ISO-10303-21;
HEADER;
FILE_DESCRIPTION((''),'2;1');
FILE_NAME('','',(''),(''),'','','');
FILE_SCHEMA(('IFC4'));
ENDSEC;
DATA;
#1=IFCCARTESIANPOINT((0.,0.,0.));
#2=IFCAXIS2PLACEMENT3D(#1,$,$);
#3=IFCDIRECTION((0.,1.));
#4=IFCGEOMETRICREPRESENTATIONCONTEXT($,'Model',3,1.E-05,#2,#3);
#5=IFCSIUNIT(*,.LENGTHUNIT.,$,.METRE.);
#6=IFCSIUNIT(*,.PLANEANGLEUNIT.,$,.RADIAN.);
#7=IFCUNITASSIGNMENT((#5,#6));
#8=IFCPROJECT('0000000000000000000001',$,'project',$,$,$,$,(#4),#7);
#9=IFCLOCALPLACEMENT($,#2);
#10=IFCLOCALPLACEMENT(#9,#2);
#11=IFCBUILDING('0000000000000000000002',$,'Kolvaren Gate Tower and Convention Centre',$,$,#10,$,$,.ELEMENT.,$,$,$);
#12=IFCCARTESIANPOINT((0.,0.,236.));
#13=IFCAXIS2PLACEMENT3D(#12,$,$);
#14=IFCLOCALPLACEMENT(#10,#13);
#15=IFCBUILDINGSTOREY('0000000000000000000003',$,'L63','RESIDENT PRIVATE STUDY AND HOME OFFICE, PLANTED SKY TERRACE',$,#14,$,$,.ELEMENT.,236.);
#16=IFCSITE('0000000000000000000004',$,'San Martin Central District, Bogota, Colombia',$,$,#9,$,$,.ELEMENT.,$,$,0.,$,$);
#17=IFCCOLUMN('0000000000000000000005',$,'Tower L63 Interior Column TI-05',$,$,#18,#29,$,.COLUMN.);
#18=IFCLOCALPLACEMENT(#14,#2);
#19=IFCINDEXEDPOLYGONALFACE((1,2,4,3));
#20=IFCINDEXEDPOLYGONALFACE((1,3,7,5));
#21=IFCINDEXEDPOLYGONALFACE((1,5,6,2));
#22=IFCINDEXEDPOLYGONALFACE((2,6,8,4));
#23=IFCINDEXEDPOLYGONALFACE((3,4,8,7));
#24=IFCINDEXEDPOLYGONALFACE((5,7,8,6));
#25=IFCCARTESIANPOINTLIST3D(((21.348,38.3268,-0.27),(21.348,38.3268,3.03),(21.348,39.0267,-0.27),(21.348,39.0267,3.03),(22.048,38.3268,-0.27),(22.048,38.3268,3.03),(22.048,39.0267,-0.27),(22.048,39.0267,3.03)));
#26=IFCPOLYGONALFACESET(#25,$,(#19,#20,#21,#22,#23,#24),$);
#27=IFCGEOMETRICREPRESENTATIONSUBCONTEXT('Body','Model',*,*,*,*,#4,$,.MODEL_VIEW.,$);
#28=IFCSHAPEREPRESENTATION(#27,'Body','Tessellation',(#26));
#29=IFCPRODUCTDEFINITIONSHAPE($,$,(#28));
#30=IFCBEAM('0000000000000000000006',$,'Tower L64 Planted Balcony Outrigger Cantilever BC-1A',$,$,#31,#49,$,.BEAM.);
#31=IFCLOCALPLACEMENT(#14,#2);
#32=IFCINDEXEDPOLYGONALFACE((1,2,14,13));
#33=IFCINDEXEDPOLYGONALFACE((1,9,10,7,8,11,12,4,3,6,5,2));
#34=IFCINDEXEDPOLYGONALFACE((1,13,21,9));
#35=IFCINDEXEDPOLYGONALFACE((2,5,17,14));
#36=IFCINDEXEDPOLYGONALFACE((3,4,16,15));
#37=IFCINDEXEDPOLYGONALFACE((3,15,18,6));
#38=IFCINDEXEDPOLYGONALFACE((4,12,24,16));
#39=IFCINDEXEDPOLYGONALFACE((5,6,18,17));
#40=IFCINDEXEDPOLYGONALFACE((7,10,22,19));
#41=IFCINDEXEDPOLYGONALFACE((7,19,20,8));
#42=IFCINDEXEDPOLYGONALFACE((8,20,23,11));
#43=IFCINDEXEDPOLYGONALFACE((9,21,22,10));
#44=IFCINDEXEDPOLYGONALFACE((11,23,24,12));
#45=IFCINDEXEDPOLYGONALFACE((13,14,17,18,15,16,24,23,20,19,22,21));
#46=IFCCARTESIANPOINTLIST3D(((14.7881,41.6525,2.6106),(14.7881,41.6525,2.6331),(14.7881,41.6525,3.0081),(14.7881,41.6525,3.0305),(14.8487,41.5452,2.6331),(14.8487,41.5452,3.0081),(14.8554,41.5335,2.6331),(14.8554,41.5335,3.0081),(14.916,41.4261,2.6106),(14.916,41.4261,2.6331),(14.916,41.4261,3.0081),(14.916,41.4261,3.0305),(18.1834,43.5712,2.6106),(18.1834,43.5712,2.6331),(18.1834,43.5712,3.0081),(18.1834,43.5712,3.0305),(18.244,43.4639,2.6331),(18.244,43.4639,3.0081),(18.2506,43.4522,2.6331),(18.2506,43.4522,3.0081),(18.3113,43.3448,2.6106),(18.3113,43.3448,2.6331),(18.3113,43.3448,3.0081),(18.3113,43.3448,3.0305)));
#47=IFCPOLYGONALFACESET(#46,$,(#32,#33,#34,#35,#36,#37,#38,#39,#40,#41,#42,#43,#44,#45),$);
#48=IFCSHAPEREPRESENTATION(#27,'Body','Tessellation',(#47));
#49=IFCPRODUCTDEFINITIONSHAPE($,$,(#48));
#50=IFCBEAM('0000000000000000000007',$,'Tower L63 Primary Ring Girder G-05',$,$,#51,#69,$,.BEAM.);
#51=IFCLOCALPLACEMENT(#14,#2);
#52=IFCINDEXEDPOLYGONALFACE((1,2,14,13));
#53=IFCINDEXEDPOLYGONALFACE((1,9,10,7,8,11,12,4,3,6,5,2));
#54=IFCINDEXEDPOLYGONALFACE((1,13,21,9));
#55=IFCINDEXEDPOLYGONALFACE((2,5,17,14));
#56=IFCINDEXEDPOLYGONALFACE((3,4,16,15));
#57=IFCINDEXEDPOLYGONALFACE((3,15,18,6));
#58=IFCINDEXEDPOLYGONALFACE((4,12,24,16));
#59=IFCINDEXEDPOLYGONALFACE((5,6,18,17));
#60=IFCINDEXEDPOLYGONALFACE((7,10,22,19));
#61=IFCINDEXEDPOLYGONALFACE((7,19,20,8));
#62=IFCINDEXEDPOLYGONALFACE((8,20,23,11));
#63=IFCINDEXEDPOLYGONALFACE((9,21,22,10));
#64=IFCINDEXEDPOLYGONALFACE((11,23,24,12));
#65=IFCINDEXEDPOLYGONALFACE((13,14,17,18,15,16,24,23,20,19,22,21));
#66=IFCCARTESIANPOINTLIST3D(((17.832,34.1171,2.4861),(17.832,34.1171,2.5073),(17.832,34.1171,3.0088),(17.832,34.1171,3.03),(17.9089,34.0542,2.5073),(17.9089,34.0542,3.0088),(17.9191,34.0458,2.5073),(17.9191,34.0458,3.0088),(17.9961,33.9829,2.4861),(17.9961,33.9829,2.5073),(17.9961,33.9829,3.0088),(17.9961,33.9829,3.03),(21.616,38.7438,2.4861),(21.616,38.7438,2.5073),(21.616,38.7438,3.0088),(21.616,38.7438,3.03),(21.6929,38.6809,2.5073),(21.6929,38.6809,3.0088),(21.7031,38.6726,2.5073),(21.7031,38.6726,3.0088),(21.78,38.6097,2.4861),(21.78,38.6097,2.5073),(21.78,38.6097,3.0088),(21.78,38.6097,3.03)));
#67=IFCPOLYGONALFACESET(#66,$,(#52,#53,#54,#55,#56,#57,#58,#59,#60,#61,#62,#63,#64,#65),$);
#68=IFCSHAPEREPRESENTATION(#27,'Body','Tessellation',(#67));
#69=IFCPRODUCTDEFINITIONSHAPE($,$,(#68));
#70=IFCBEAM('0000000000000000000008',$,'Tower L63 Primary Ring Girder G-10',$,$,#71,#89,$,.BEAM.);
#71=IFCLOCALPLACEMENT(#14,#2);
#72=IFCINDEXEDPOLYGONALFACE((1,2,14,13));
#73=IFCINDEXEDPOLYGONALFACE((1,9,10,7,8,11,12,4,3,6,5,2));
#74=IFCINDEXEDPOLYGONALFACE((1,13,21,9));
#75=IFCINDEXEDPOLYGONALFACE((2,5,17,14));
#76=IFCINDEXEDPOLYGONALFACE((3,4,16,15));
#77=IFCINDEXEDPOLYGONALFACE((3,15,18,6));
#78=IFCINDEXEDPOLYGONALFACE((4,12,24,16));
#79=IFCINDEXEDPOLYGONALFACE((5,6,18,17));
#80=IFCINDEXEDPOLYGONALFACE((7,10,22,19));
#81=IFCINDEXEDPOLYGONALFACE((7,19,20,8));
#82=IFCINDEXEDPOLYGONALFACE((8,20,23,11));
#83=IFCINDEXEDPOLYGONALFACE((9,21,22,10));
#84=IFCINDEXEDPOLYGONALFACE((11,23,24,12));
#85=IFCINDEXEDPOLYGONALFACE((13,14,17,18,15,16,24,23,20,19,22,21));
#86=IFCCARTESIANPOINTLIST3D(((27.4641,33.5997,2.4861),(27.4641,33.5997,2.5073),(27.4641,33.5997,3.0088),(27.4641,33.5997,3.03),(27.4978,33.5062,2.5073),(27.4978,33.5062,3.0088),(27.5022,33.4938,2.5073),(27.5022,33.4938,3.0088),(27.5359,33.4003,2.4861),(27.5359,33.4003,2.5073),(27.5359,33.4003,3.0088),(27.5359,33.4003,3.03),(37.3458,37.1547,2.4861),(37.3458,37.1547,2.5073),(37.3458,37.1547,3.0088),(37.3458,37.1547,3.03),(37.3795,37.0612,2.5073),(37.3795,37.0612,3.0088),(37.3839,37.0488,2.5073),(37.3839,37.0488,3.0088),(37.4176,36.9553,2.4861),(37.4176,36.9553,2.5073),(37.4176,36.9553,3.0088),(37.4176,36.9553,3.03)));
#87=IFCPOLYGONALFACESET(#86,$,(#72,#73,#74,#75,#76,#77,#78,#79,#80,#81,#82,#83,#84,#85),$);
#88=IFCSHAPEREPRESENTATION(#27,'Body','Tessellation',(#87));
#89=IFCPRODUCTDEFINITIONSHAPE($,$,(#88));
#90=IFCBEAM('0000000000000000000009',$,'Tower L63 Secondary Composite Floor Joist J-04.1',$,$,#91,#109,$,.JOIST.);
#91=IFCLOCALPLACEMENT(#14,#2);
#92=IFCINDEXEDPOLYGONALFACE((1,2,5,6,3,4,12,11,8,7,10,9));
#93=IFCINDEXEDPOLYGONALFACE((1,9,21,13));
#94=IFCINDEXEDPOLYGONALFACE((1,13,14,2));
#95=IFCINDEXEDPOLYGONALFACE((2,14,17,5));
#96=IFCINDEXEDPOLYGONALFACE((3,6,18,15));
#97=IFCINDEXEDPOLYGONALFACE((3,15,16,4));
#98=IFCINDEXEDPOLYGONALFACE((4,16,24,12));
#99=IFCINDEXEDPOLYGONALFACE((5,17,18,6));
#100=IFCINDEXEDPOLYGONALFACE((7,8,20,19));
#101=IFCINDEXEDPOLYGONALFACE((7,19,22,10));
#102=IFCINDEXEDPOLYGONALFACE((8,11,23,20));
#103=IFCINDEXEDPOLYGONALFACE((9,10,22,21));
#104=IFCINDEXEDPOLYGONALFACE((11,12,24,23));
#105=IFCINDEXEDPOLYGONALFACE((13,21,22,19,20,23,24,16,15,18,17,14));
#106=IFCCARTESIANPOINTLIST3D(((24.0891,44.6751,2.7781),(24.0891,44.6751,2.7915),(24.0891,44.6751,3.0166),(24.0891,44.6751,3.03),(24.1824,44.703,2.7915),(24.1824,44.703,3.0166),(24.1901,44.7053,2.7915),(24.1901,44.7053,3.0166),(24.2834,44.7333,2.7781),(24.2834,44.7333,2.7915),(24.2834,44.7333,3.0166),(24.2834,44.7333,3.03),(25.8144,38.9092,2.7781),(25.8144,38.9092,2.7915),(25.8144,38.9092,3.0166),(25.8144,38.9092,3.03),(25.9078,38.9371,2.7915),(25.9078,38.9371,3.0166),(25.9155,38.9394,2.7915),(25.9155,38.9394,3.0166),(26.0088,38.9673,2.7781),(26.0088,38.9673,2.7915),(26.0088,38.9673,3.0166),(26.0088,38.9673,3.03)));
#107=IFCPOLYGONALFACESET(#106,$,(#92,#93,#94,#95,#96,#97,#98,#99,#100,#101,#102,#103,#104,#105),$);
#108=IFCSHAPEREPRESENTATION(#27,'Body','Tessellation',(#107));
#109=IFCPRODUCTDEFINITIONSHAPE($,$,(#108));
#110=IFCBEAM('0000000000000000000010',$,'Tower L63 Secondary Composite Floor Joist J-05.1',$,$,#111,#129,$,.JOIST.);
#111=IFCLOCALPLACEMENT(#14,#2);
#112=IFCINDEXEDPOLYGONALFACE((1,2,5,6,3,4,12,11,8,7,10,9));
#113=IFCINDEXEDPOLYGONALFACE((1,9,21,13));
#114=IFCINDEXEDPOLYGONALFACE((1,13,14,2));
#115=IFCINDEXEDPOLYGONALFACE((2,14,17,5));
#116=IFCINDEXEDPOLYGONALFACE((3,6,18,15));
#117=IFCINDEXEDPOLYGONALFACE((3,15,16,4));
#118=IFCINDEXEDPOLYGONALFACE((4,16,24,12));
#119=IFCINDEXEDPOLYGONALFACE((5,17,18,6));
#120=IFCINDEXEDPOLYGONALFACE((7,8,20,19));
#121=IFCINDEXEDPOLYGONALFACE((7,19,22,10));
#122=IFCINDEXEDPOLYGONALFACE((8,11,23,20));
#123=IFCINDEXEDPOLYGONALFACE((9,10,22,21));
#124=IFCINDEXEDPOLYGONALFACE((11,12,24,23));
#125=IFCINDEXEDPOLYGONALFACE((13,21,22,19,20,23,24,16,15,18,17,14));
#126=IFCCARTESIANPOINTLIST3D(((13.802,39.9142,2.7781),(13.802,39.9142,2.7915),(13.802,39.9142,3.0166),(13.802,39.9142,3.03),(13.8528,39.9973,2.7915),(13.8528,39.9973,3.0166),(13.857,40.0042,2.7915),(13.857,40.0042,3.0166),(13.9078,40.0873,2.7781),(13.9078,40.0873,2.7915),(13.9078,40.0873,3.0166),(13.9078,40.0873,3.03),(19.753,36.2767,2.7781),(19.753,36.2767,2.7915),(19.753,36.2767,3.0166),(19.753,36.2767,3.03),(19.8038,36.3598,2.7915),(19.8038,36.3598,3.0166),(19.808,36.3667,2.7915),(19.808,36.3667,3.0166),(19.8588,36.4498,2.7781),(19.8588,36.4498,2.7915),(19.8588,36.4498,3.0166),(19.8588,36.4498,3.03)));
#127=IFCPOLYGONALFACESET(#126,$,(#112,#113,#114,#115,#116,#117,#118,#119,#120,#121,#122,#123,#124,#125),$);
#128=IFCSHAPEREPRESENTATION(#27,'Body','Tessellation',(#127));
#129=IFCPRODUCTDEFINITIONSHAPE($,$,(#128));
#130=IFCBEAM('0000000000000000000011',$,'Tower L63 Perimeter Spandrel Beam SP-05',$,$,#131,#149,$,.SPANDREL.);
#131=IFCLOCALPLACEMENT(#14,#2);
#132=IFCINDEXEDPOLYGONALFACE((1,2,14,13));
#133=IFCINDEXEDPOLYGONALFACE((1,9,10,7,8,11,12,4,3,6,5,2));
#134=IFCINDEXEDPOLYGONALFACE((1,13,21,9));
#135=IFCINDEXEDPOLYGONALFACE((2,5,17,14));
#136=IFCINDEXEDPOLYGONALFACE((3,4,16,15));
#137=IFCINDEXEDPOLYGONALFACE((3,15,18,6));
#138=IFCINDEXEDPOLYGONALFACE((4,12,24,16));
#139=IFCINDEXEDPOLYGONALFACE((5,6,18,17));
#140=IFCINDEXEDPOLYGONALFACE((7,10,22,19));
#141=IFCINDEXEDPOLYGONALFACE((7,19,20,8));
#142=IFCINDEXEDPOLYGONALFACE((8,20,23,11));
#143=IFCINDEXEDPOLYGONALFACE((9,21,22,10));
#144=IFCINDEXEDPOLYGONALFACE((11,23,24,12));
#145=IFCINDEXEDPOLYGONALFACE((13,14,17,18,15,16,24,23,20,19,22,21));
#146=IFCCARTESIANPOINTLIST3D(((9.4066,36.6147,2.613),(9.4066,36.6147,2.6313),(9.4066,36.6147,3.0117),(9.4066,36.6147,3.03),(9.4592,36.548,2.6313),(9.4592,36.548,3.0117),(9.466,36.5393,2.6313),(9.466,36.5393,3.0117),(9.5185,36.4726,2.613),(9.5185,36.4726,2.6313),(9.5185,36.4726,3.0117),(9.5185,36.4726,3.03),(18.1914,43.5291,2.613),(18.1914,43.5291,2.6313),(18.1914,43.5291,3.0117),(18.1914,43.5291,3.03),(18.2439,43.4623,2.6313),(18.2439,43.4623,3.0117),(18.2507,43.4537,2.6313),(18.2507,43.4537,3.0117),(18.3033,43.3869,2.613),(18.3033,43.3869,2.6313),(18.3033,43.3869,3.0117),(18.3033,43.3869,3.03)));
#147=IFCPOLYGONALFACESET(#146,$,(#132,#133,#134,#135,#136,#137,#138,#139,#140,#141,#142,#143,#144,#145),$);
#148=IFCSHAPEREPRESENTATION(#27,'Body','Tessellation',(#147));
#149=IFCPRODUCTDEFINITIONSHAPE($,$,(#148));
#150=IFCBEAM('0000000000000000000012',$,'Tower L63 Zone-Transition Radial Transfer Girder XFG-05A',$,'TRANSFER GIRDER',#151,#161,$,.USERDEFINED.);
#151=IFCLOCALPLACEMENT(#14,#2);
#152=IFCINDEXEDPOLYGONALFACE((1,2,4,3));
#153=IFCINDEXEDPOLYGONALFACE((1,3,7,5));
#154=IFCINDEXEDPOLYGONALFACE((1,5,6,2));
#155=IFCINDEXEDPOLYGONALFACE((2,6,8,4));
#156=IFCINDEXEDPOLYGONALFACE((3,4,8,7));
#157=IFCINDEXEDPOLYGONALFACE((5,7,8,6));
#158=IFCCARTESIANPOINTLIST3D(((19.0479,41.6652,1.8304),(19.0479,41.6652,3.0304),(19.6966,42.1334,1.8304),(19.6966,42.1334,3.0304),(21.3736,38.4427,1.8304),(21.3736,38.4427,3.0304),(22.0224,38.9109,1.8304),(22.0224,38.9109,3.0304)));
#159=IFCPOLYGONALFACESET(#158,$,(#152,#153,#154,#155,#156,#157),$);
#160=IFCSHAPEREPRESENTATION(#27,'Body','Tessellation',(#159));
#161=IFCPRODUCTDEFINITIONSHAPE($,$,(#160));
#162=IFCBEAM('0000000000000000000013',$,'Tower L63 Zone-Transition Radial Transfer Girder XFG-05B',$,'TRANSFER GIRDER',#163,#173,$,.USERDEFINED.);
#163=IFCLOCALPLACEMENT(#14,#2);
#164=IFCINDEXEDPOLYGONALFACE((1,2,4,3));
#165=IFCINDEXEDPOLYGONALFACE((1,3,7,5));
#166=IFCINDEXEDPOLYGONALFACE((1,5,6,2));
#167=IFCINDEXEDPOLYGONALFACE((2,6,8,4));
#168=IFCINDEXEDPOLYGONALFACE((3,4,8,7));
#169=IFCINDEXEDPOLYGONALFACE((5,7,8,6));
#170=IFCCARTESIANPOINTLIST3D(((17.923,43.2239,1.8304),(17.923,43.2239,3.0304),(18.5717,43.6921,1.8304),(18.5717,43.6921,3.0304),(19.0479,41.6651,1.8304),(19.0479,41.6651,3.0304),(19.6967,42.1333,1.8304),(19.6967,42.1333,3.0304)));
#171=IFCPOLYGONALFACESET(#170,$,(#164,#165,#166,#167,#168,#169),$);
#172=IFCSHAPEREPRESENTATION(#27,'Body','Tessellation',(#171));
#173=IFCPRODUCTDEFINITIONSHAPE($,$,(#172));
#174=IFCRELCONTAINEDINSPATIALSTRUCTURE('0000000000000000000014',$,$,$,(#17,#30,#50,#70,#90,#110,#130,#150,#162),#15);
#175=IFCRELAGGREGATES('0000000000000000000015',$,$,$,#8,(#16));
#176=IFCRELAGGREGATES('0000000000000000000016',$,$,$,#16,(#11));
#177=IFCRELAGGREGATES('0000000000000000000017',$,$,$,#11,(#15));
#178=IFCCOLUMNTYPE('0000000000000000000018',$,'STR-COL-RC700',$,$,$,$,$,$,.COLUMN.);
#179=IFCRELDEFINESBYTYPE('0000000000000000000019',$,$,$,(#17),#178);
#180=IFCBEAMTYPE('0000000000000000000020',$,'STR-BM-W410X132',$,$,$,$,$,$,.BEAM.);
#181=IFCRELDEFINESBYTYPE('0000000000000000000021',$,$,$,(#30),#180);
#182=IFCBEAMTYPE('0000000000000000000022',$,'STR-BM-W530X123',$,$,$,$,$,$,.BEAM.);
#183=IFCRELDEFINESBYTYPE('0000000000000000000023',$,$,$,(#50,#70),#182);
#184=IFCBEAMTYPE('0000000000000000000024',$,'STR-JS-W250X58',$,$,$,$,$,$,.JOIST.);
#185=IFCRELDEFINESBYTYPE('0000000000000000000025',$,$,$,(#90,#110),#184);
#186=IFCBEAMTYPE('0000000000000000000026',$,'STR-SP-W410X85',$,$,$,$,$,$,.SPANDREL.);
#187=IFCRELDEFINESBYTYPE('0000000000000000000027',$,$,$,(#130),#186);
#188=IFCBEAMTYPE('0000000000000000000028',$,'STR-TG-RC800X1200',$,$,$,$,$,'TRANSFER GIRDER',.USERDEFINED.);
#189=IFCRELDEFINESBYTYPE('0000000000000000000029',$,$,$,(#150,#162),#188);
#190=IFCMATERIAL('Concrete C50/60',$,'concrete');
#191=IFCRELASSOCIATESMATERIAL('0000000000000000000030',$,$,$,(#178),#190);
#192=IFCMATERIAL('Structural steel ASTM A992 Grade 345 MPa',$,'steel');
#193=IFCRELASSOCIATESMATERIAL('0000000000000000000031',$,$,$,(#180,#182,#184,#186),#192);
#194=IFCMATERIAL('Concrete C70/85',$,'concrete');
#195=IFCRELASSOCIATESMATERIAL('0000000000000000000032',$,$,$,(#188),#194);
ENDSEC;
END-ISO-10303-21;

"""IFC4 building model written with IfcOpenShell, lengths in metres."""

from ifc_helpers import new_model, si_unit, direction, frame, origin, origin_2d, place, context, subcontext, project, spatial, rectangle, i_section, extrude, material, material_profile, profile_set, type_object, element, save


model = new_model("IFC4")

# Units and contexts
model_context = context("Model", 3, precision=1e-05, world=origin(), true_north=direction((0.0, 1.0)))
body_context = subcontext(model_context, "Body", "Model", "MODEL_VIEW")
ifc_project = project(units=[si_unit("LENGTHUNIT", "METRE"), si_unit("PLANEANGLEUNIT", "RADIAN")], contexts=[model_context])

# Site, building, storey
site_placement = place(None, origin())
site = spatial("IfcSite", under=ifc_project, at=site_placement, Name="San Martin Central District, Bogota, Colombia", CompositionType="ELEMENT", RefElevation=0.0)
building_placement = place(site_placement, origin())
building = spatial("IfcBuilding", under=site, at=building_placement, Name="Kolvaren Gate Tower and Convention Centre", CompositionType="ELEMENT")
storey_placement = place(building_placement, frame((0.0, 0.0, 236.0)))
storey = spatial("IfcBuildingStorey", under=building, at=storey_placement, Name="L63", Description="RESIDENT PRIVATE STUDY AND HOME OFFICE, PLANTED SKY TERRACE", CompositionType="ELEMENT", Elevation=236.0)

# Column
ifc_material_1 = material(Name="Concrete C50/60", Category="concrete")
ifc_material_profile_1 = material_profile(ifc_material_1, rectangle(XDim=0.7, YDim=0.7, at=origin_2d()), Name="RC-COL-700X700")
ifc_profile_set_1 = profile_set([ifc_material_profile_1], Name="Concrete C50/60")
column_type = type_object("IfcColumnType", Name="STR-COL-RC700", PredefinedType="COLUMN", material=ifc_profile_set_1)
column_placement = place(storey_placement, frame((21.698, 38.6768, -0.27), z_axis=(0.0, 0.0, 1.0), x_axis=(1.0, 0.0, 0.0)))
element("IfcColumn", 1, at=column_placement, inside=storey, type_object=column_type, Name="Tower L63 Interior Column TI-05", PredefinedType="COLUMN", context=body_context, shape_type="SweptSolid", body=[
    extrude(rectangle(XDim=0.7, YDim=0.7, at=origin_2d()), origin(), (0.0, 0.0, 1.0), 3.3),
])

# Beams
ifc_material_2 = material(Name="Structural steel ASTM A992 Grade 345 MPa", Category="steel")
ifc_material_profile_2 = material_profile(ifc_material_2, i_section(OverallWidth=0.26, OverallDepth=0.4199, WebThickness=0.0134, FlangeThickness=0.0225, at=origin_2d()), Name="W410X132")
ifc_profile_set_2 = profile_set([ifc_material_profile_2], Name="Structural steel ASTM A992 Grade 345 MPa")
beam_type_1 = type_object("IfcBeamType", Name="STR-BM-W410X132", PredefinedType="BEAM", material=ifc_profile_set_2)
beam_1_placement = place(storey_placement, frame((18.2473, 43.458, 2.8206), z_axis=(-0.870602, -0.491987, 0.0), x_axis=(0.491987, -0.870602, 0.0)))
element("IfcBeam", 2, at=beam_1_placement, inside=storey, type_object=beam_type_1, Name="Tower L64 Planted Balcony Outrigger Cantilever BC-1A", PredefinedType="BEAM", context=body_context, shape_type="SweptSolid", body=[
    extrude(i_section(OverallWidth=0.26, OverallDepth=0.4199, WebThickness=0.0134, FlangeThickness=0.0225, at=origin_2d()), origin(), (0.0, 0.0, 1.0), 3.8999),
])
ifc_material_profile_3 = material_profile(ifc_material_2, i_section(OverallWidth=0.2119, OverallDepth=0.5439, WebThickness=0.0132, FlangeThickness=0.0212, at=origin_2d()), Name="W530X123")
ifc_profile_set_3 = profile_set([ifc_material_profile_3], Name="Structural steel ASTM A992 Grade 345 MPa")
beam_type_2 = type_object("IfcBeamType", Name="STR-BM-W530X123", PredefinedType="BEAM", material=ifc_profile_set_3)
beam_2_placement = place(storey_placement, frame((21.698, 38.6768, 2.7581), z_axis=(-0.633082, -0.774085, 0.0), x_axis=(0.774085, -0.633082, 0.0)))
element("IfcBeam", 3, at=beam_2_placement, inside=storey, type_object=beam_type_2, Name="Tower L63 Primary Ring Girder G-05", PredefinedType="BEAM", context=body_context, shape_type="SweptSolid", body=[
    extrude(i_section(OverallWidth=0.2119, OverallDepth=0.5439, WebThickness=0.0132, FlangeThickness=0.0212, at=origin_2d()), origin(), (0.0, 0.0, 1.0), 5.9771),
])
beam_3_placement = place(storey_placement, frame((27.5, 33.5, 2.7581), z_axis=(0.940961, 0.338514, 0.0), x_axis=(-0.338514, 0.940961, 0.0)))
element("IfcBeam", 4, at=beam_3_placement, inside=storey, type_object=beam_type_2, Name="Tower L63 Primary Ring Girder G-10", PredefinedType="BEAM", context=body_context, shape_type="SweptSolid", body=[
    extrude(i_section(OverallWidth=0.2119, OverallDepth=0.5439, WebThickness=0.0132, FlangeThickness=0.0212, at=origin_2d()), origin(), (0.0, 0.0, 1.0), 10.5017),
])
ifc_material_profile_4 = material_profile(ifc_material_2, i_section(OverallWidth=0.2029, OverallDepth=0.252, WebThickness=0.0081, FlangeThickness=0.0134, at=origin_2d()), Name="W250X58")
ifc_profile_set_4 = profile_set([ifc_material_profile_4], Name="Structural steel ASTM A992 Grade 345 MPa")
beam_type_3 = type_object("IfcBeamType", Name="STR-JS-W250X58", PredefinedType="JOIST", material=ifc_profile_set_4)
beam_4_placement = place(storey_placement, frame((25.9116, 38.9382, 2.9041), z_axis=(-0.286674, 0.958028, 0.0), x_axis=(-0.958028, -0.286674, 0.0)))
element("IfcBeam", 5, at=beam_4_placement, inside=storey, type_object=beam_type_3, Name="Tower L63 Secondary Composite Floor Joist J-04.1", PredefinedType="JOIST", context=body_context, shape_type="SweptSolid", body=[
    extrude(i_section(OverallWidth=0.2029, OverallDepth=0.252, WebThickness=0.0081, FlangeThickness=0.0134, at=origin_2d()), origin(), (0.0, 0.0, 1.0), 6.0186),
])
beam_5_placement = place(storey_placement, frame((19.8059, 36.3633, 2.9041), z_axis=(-0.853233, 0.521531, 0.0), x_axis=(-0.521531, -0.853233, 0.0)))
element("IfcBeam", 6, at=beam_5_placement, inside=storey, type_object=beam_type_3, Name="Tower L63 Secondary Composite Floor Joist J-05.1", PredefinedType="JOIST", context=body_context, shape_type="SweptSolid", body=[
    extrude(i_section(OverallWidth=0.2029, OverallDepth=0.252, WebThickness=0.0081, FlangeThickness=0.0134, at=origin_2d()), origin(), (0.0, 0.0, 1.0), 6.9746),
])
ifc_material_profile_5 = material_profile(ifc_material_2, i_section(OverallWidth=0.1809, OverallDepth=0.417, WebThickness=0.011, FlangeThickness=0.0183, at=origin_2d()), Name="W410X85")
ifc_profile_set_5 = profile_set([ifc_material_profile_5], Name="Structural steel ASTM A992 Grade 345 MPa")
beam_type_4 = type_object("IfcBeamType", Name="STR-SP-W410X85", PredefinedType="SPANDREL", material=ifc_profile_set_5)
beam_6_placement = place(storey_placement, frame((18.2473, 43.458, 2.8215), z_axis=(-0.785794, -0.618489, 0.0), x_axis=(0.618489, -0.785794, 0.0)))
element("IfcBeam", 7, at=beam_6_placement, inside=storey, type_object=beam_type_4, Name="Tower L63 Perimeter Spandrel Beam SP-05", PredefinedType="SPANDREL", context=body_context, shape_type="SweptSolid", body=[
    extrude(i_section(OverallWidth=0.1809, OverallDepth=0.417, WebThickness=0.011, FlangeThickness=0.0183, at=origin_2d()), origin(), (0.0, 0.0, 1.0), 11.1794),
])
ifc_material_3 = material(Name="Concrete C70/85", Category="concrete")
ifc_material_profile_6 = material_profile(ifc_material_3, rectangle(XDim=0.8, YDim=1.2, at=origin_2d()), Name="RC-BM-800X1200")
ifc_profile_set_6 = profile_set([ifc_material_profile_6], Name="Concrete C70/85")
beam_type_5 = type_object("IfcBeamType", Name="STR-TG-RC800X1200", ElementType="TRANSFER GIRDER", PredefinedType="USERDEFINED", material=ifc_profile_set_6)
beam_7_placement = place(storey_placement, frame((21.698, 38.6768, 2.4304), z_axis=(-0.585224, 0.810872, 0.0), x_axis=(-0.810872, -0.585224, 0.0)))
element("IfcBeam", 8, at=beam_7_placement, inside=storey, type_object=beam_type_5, Name="Tower L63 Zone-Transition Radial Transfer Girder XFG-05A", ObjectType="TRANSFER GIRDER", PredefinedType="USERDEFINED", context=body_context, shape_type="SweptSolid", body=[
    extrude(rectangle(XDim=0.8, YDim=1.2, at=origin_2d()), origin(), (0.0, 0.0, 1.0), 3.9741),
])
beam_8_placement = place(storey_placement, frame((19.3723, 41.8992, 2.4304), z_axis=(-0.585208, 0.810883, 0.0), x_axis=(-0.810883, -0.585208, 0.0)))
element("IfcBeam", 9, at=beam_8_placement, inside=storey, type_object=beam_type_5, Name="Tower L63 Zone-Transition Radial Transfer Girder XFG-05B", ObjectType="TRANSFER GIRDER", PredefinedType="USERDEFINED", context=body_context, shape_type="SweptSolid", body=[
    extrude(rectangle(XDim=0.8, YDim=1.2, at=origin_2d()), origin(), (0.0, 0.0, 1.0), 1.9224),
])

save(model, "model.ifc")
